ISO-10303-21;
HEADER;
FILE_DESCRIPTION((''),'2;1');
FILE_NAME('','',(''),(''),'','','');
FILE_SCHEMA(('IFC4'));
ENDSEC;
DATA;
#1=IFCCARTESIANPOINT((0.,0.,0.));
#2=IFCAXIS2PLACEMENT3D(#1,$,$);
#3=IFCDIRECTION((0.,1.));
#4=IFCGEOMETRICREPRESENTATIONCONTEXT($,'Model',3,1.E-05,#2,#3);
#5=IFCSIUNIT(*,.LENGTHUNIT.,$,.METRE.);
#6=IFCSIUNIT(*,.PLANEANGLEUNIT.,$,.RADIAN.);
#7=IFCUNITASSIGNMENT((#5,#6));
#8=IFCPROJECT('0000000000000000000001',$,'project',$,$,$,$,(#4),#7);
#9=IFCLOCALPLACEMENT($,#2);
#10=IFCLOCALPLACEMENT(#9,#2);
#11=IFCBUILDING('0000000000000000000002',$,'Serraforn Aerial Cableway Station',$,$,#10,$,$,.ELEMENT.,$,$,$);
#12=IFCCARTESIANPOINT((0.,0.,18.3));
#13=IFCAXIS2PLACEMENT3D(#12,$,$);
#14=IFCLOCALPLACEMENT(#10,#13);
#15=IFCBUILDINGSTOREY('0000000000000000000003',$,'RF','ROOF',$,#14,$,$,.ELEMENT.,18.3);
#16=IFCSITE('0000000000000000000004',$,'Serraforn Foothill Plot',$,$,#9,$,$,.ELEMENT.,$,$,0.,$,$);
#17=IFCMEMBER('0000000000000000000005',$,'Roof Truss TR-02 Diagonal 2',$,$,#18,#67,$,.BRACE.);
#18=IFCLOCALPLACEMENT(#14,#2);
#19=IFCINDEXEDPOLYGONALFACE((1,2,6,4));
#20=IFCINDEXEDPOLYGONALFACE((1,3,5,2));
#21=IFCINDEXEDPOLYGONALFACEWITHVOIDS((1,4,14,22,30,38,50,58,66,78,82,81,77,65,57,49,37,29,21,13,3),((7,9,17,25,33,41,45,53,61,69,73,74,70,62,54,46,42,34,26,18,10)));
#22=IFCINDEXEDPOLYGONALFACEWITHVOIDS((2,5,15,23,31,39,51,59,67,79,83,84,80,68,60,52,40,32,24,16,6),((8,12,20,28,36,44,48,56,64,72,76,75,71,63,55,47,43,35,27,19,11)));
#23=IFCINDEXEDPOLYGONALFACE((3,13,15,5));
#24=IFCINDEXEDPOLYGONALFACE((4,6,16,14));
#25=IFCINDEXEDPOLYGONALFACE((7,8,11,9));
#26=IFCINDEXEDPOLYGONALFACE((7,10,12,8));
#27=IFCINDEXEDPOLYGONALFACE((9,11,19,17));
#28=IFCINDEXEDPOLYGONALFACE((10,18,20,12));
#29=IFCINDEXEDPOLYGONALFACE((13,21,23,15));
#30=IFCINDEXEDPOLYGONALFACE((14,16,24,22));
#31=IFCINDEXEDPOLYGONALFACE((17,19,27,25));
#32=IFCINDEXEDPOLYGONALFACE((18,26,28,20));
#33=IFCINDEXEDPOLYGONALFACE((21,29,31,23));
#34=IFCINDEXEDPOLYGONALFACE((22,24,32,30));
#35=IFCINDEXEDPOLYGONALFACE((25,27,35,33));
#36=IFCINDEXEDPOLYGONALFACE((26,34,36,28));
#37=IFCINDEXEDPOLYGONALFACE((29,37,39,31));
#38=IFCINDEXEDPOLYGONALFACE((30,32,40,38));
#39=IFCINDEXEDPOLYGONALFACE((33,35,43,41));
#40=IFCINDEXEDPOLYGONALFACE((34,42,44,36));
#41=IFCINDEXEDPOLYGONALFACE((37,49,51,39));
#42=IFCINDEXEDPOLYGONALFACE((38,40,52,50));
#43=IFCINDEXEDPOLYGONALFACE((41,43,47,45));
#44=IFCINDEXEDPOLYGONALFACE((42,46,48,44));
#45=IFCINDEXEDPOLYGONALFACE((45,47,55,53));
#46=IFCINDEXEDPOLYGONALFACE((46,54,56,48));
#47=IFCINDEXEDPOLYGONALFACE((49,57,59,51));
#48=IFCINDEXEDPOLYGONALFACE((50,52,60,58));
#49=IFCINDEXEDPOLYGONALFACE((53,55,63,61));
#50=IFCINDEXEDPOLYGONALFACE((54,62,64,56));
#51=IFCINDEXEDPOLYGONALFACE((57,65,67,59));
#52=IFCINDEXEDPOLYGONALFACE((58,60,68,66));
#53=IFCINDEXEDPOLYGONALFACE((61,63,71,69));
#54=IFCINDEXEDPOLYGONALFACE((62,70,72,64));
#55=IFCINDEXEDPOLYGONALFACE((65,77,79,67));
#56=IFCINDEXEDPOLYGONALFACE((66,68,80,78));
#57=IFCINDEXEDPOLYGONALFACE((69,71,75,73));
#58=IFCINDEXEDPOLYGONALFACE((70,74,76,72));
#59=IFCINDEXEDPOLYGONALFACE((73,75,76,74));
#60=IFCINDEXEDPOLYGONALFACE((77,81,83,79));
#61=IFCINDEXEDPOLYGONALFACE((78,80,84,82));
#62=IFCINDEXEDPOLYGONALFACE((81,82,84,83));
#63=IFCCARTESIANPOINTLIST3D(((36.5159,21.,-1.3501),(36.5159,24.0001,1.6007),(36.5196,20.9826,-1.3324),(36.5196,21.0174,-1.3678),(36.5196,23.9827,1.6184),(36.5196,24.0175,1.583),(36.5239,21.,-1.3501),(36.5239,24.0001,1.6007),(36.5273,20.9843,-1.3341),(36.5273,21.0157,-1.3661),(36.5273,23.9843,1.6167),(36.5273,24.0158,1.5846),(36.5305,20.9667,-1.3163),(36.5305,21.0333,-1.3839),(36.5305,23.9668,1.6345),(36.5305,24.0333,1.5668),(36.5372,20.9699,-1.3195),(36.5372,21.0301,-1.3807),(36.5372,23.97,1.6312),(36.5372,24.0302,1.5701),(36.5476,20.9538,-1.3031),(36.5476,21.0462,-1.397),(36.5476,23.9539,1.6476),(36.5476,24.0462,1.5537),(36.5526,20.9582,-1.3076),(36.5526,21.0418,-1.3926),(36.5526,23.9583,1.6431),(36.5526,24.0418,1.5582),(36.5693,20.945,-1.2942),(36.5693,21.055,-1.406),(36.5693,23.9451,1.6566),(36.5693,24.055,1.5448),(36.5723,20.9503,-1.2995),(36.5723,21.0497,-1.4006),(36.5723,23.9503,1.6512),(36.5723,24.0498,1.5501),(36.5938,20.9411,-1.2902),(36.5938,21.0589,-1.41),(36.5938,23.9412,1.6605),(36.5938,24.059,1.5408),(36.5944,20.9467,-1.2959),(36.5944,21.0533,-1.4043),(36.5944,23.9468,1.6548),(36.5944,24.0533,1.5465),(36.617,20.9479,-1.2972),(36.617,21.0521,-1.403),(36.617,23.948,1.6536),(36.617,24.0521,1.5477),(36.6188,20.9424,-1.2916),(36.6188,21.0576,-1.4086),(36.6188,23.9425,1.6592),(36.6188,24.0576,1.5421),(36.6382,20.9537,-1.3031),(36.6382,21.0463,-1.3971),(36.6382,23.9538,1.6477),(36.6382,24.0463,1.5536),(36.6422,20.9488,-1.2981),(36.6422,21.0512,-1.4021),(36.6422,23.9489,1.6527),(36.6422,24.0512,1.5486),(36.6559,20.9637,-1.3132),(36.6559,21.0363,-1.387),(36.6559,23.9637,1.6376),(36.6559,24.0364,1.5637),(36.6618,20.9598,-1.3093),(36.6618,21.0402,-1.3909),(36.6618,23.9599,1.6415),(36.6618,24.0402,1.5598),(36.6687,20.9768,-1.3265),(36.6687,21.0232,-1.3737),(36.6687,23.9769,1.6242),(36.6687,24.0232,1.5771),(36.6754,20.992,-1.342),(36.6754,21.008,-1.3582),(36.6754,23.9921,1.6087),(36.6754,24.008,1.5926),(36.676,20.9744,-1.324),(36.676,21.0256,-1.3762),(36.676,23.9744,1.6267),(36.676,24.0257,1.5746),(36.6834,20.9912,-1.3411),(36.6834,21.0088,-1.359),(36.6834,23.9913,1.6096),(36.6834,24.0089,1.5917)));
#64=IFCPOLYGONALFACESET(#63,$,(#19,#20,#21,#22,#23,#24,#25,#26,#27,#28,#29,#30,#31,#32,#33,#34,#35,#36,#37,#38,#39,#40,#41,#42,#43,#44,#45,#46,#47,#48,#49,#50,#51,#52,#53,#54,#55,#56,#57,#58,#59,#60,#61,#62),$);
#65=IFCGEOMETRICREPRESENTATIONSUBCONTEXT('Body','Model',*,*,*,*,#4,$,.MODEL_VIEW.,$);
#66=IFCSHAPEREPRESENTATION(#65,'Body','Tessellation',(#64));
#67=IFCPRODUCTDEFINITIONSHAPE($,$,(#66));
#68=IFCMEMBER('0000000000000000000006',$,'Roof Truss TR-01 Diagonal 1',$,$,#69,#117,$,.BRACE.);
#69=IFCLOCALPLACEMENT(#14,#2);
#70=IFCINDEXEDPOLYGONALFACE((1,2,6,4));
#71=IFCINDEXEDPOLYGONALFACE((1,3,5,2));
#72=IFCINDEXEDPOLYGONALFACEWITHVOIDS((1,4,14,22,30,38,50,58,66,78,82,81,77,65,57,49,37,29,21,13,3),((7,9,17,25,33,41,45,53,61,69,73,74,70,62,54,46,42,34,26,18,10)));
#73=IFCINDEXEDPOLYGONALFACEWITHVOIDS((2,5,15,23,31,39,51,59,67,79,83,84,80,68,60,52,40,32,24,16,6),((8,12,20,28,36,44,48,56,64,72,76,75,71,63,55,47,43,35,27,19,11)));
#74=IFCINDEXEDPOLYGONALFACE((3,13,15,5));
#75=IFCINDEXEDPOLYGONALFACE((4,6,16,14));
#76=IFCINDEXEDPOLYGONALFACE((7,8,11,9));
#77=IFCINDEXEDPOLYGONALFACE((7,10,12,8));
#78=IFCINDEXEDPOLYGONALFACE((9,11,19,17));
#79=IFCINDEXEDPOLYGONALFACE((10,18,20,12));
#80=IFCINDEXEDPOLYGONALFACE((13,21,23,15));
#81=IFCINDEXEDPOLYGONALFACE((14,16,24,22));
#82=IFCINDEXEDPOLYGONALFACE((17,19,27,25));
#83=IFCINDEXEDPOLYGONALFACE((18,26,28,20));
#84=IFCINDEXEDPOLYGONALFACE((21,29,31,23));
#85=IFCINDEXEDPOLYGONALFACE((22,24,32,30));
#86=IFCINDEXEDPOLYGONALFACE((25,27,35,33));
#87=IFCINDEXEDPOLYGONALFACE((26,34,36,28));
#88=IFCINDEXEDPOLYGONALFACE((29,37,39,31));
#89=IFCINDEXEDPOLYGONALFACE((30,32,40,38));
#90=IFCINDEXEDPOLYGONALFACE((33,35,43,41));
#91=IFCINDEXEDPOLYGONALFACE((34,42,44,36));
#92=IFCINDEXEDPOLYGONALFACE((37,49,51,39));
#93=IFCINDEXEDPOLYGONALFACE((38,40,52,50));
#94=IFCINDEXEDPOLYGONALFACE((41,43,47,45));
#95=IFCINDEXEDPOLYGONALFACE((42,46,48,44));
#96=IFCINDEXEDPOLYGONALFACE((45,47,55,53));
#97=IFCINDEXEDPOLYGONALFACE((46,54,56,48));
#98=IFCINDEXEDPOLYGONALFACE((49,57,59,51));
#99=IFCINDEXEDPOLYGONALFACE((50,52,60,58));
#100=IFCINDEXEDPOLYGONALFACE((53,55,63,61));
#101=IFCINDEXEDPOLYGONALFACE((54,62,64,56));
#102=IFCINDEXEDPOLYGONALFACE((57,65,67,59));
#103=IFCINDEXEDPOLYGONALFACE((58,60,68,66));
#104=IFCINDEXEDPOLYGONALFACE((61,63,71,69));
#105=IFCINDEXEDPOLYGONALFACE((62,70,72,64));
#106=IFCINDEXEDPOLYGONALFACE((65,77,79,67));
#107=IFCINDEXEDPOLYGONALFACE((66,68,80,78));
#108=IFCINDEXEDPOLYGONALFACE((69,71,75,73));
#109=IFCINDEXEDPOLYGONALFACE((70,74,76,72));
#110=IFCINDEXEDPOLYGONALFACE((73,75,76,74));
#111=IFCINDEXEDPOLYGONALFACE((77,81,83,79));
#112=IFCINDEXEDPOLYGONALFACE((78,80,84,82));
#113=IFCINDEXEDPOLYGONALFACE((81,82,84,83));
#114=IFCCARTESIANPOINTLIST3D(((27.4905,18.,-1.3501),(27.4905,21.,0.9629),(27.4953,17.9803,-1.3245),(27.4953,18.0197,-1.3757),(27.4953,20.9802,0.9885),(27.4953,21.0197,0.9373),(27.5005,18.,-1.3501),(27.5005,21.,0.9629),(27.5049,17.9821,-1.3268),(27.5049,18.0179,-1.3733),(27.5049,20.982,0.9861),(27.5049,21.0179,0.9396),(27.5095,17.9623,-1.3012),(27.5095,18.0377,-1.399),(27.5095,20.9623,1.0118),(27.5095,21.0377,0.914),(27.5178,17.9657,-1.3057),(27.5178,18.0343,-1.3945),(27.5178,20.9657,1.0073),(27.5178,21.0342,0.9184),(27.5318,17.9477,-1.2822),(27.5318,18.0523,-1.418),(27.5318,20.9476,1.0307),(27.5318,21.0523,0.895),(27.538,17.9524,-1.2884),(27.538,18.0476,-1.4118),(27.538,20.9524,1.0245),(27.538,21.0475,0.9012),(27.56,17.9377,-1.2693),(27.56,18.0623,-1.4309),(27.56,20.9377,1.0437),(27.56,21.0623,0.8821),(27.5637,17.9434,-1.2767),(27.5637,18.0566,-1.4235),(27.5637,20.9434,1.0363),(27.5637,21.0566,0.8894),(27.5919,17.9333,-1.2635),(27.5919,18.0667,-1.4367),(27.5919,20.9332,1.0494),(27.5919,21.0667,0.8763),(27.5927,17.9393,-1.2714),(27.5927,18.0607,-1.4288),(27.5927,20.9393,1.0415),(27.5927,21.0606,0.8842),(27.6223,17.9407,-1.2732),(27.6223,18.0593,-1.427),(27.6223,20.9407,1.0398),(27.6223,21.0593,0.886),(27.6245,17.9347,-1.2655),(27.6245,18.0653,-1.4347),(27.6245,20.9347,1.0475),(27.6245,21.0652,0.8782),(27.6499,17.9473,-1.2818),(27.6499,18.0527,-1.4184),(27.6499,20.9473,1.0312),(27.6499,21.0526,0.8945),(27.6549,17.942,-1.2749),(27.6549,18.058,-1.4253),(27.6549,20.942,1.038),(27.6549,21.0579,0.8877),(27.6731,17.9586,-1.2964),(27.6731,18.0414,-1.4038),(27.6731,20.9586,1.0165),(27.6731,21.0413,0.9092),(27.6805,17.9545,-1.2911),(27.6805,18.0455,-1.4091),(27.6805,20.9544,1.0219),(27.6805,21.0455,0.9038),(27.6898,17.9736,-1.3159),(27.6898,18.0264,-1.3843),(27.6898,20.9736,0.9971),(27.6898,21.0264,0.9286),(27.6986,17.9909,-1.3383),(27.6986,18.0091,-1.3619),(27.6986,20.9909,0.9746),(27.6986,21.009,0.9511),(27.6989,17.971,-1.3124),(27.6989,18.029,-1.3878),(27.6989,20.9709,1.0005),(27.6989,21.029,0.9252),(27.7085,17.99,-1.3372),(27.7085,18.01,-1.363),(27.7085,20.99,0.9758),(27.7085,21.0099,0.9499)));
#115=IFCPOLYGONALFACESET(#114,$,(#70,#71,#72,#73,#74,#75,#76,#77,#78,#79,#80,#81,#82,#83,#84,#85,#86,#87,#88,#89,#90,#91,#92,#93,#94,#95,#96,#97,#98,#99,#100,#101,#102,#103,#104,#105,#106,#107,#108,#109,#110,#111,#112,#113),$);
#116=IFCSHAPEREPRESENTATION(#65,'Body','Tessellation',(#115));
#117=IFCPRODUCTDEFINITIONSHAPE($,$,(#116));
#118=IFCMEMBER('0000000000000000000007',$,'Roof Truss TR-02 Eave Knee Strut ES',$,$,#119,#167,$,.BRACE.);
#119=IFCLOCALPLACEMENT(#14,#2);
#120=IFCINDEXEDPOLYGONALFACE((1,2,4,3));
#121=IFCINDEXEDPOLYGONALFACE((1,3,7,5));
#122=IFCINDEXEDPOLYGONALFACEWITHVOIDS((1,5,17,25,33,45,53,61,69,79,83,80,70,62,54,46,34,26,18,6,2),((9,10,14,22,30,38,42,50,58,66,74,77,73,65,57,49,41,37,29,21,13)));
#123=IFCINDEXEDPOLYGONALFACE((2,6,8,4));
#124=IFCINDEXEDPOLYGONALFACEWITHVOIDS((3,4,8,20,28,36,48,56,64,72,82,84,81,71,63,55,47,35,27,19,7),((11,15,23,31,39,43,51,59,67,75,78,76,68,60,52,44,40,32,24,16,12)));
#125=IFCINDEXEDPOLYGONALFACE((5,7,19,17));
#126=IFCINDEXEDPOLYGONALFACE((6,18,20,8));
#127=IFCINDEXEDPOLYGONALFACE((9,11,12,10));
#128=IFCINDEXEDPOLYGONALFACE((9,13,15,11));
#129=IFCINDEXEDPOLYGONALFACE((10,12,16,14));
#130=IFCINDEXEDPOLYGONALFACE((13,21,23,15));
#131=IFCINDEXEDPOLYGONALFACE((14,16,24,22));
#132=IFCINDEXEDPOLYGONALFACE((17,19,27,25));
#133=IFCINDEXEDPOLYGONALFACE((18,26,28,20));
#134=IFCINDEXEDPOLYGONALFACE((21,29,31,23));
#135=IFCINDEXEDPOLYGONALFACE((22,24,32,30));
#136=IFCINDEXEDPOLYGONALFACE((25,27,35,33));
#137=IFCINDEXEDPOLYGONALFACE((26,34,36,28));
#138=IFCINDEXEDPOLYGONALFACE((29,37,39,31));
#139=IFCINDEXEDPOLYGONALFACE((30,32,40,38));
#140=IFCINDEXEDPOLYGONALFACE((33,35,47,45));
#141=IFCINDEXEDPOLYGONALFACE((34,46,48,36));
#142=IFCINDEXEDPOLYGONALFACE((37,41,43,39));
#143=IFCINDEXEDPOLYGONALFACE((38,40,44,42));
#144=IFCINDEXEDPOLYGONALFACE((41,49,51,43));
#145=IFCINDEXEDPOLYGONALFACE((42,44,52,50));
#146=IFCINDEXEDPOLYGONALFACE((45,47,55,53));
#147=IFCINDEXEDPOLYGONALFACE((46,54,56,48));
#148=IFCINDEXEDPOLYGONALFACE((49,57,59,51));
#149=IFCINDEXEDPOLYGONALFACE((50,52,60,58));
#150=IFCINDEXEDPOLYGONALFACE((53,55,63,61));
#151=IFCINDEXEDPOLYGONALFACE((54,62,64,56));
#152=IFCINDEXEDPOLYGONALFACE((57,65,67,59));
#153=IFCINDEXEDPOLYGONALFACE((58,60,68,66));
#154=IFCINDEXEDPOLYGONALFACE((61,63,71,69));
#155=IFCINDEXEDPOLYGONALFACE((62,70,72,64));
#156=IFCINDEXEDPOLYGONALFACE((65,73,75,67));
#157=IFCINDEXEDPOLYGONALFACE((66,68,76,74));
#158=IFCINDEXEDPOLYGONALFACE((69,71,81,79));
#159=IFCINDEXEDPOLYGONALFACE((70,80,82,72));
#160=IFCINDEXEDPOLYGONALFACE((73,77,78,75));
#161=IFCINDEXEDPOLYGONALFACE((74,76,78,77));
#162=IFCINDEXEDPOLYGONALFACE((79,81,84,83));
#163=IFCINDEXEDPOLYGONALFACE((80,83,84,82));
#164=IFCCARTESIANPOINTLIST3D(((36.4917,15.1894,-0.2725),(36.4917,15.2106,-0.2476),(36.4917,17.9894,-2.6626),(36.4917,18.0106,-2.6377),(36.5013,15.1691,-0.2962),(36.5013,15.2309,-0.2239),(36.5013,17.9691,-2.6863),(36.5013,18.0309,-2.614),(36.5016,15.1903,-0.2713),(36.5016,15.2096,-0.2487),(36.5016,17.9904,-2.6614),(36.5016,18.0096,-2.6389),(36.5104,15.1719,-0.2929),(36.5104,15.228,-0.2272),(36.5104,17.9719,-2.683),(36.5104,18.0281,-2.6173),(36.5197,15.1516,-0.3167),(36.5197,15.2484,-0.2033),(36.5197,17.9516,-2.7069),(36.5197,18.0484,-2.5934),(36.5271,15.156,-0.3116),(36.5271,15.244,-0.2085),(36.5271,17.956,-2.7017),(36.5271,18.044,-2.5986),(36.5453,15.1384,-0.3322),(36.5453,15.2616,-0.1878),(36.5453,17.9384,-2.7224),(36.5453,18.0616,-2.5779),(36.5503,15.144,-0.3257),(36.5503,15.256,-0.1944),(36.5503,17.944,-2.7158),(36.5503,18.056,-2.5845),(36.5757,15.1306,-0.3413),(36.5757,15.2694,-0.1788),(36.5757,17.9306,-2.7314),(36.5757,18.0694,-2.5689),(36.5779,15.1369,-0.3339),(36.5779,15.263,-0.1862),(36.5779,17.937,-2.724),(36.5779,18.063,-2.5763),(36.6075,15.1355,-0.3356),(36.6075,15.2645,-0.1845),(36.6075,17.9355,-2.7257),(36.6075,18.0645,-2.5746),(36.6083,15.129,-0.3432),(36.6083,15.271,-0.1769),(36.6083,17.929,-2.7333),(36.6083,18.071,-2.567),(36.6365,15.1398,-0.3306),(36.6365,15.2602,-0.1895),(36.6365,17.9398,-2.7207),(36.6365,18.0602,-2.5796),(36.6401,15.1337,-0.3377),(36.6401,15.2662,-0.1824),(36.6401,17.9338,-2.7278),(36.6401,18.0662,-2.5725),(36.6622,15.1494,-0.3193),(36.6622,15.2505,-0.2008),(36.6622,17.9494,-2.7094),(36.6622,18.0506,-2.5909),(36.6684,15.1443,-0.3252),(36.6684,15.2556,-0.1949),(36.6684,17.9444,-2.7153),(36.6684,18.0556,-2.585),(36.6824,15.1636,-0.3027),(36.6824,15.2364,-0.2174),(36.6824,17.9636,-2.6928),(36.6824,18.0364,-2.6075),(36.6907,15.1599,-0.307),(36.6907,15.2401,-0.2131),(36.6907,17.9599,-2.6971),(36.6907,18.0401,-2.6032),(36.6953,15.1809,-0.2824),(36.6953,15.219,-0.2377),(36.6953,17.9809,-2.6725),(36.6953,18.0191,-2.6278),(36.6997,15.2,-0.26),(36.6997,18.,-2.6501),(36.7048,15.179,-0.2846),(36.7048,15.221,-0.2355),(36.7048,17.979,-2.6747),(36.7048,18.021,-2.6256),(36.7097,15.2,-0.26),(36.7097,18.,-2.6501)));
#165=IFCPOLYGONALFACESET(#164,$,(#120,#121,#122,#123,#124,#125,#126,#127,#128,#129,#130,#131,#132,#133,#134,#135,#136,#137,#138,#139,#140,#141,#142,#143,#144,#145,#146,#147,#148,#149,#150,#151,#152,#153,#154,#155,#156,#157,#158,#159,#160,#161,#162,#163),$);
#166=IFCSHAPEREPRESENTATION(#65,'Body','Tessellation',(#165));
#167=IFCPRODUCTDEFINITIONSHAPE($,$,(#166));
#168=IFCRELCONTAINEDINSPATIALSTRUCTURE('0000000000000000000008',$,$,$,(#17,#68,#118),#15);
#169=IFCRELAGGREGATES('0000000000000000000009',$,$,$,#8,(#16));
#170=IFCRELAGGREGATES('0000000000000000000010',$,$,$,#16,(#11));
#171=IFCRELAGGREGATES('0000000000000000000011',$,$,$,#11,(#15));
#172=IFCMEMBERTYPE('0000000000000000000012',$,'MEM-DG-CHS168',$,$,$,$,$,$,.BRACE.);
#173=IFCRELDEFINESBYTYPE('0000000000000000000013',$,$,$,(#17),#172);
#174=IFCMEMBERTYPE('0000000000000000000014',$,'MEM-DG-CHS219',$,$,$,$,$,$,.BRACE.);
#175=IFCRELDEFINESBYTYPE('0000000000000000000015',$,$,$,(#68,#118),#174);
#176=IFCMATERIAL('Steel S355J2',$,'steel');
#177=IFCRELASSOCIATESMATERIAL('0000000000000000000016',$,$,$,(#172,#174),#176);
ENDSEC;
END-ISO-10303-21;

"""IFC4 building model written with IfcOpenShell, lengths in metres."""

from ifc_helpers import new_model, si_unit, direction, frame, origin, origin_2d, place, context, subcontext, project, spatial, hollow_circle, extrude, material, material_profile, profile_set, type_object, element, save


model = new_model("IFC4")

# Units and contexts
model_context = context("Model", 3, precision=1e-05, world=origin(), true_north=direction((0.0, 1.0)))
body_context = subcontext(model_context, "Body", "Model", "MODEL_VIEW")
ifc_project = project(units=[si_unit("LENGTHUNIT", "METRE"), si_unit("PLANEANGLEUNIT", "RADIAN")], contexts=[model_context])

# Site, building, storey
site_placement = place(None, origin())
site = spatial("IfcSite", under=ifc_project, at=site_placement, Name="Serraforn Foothill Plot", CompositionType="ELEMENT", RefElevation=0.0)
building_placement = place(site_placement, origin())
building = spatial("IfcBuilding", under=site, at=building_placement, Name="Serraforn Aerial Cableway Station", CompositionType="ELEMENT")
storey_placement = place(building_placement, frame((0.0, 0.0, 18.3)))
storey = spatial("IfcBuildingStorey", under=building, at=storey_placement, Name="RF", Description="ROOF", CompositionType="ELEMENT", Elevation=18.3)

# Shared definitions
ifc_material_1 = material(Name="Steel S355J2", Category="steel")

# Members
ifc_material_profile_1 = material_profile(ifc_material_1, hollow_circle(Radius=0.0842, WallThickness=0.0081, at=origin_2d()), Name="CHS 168.3x8.0")
ifc_profile_set_1 = profile_set([ifc_material_profile_1], Name="Steel S355J2")
member_type_1 = type_object("IfcMemberType", Name="MEM-DG-CHS168", PredefinedType="BRACE", material=ifc_profile_set_1)
for number, where, z_axis, x_axis, name in (
    (1, (36.6001, 21.0, -1.3501), (0.0, 0.712942, 0.701223), (-1.0, 0.0, 0.0), "Roof Truss TR-02 Diagonal 2"),
):
    element("IfcMember", number, at=place(storey_placement, frame(where, z_axis=z_axis, x_axis=x_axis)), inside=storey, type_object=member_type_1, Name=name, PredefinedType="BRACE", context=body_context, shape_type="SweptSolid", body=[
        extrude(hollow_circle(Radius=0.0842, WallThickness=0.0081, at=origin_2d()), origin(), (0.0, 0.0, 1.0), 4.208),
    ])
ifc_material_profile_2 = material_profile(ifc_material_1, hollow_circle(Radius=0.1096, WallThickness=0.01, at=origin_2d()), Name="CHS 219.1x10.0")
ifc_profile_set_2 = profile_set([ifc_material_profile_2], Name="Steel S355J2")
member_type_2 = type_object("IfcMemberType", Name="MEM-DG-CHS219", PredefinedType="BRACE", material=ifc_profile_set_2)
member_1_placement = place(storey_placement, frame((27.6001, 18.0, -1.3501), z_axis=(0.0, 0.791948, 0.610589), x_axis=(-1.0, 0.0, 0.0)))
element("IfcMember", 2, at=member_1_placement, inside=storey, type_object=member_type_2, Name="Roof Truss TR-01 Diagonal 1", PredefinedType="BRACE", context=body_context, shape_type="SweptSolid", body=[
    extrude(hollow_circle(Radius=0.1096, WallThickness=0.01, at=origin_2d()), origin(), (0.0, 0.0, 1.0), 3.7881),
])
member_2_placement = place(storey_placement, frame((36.6001, 18.0, -2.6501), z_axis=(0.0, -0.760584, 0.649239), x_axis=(1.0, 0.0, 0.0)))
element("IfcMember", 3, at=member_2_placement, inside=storey, type_object=member_type_2, Name="Roof Truss TR-02 Eave Knee Strut ES", PredefinedType="BRACE", context=body_context, shape_type="SweptSolid", body=[
    extrude(hollow_circle(Radius=0.1096, WallThickness=0.01, at=origin_2d()), origin(), (0.0, 0.0, 1.0), 3.6814),
])

save(model, "model.ifc")
